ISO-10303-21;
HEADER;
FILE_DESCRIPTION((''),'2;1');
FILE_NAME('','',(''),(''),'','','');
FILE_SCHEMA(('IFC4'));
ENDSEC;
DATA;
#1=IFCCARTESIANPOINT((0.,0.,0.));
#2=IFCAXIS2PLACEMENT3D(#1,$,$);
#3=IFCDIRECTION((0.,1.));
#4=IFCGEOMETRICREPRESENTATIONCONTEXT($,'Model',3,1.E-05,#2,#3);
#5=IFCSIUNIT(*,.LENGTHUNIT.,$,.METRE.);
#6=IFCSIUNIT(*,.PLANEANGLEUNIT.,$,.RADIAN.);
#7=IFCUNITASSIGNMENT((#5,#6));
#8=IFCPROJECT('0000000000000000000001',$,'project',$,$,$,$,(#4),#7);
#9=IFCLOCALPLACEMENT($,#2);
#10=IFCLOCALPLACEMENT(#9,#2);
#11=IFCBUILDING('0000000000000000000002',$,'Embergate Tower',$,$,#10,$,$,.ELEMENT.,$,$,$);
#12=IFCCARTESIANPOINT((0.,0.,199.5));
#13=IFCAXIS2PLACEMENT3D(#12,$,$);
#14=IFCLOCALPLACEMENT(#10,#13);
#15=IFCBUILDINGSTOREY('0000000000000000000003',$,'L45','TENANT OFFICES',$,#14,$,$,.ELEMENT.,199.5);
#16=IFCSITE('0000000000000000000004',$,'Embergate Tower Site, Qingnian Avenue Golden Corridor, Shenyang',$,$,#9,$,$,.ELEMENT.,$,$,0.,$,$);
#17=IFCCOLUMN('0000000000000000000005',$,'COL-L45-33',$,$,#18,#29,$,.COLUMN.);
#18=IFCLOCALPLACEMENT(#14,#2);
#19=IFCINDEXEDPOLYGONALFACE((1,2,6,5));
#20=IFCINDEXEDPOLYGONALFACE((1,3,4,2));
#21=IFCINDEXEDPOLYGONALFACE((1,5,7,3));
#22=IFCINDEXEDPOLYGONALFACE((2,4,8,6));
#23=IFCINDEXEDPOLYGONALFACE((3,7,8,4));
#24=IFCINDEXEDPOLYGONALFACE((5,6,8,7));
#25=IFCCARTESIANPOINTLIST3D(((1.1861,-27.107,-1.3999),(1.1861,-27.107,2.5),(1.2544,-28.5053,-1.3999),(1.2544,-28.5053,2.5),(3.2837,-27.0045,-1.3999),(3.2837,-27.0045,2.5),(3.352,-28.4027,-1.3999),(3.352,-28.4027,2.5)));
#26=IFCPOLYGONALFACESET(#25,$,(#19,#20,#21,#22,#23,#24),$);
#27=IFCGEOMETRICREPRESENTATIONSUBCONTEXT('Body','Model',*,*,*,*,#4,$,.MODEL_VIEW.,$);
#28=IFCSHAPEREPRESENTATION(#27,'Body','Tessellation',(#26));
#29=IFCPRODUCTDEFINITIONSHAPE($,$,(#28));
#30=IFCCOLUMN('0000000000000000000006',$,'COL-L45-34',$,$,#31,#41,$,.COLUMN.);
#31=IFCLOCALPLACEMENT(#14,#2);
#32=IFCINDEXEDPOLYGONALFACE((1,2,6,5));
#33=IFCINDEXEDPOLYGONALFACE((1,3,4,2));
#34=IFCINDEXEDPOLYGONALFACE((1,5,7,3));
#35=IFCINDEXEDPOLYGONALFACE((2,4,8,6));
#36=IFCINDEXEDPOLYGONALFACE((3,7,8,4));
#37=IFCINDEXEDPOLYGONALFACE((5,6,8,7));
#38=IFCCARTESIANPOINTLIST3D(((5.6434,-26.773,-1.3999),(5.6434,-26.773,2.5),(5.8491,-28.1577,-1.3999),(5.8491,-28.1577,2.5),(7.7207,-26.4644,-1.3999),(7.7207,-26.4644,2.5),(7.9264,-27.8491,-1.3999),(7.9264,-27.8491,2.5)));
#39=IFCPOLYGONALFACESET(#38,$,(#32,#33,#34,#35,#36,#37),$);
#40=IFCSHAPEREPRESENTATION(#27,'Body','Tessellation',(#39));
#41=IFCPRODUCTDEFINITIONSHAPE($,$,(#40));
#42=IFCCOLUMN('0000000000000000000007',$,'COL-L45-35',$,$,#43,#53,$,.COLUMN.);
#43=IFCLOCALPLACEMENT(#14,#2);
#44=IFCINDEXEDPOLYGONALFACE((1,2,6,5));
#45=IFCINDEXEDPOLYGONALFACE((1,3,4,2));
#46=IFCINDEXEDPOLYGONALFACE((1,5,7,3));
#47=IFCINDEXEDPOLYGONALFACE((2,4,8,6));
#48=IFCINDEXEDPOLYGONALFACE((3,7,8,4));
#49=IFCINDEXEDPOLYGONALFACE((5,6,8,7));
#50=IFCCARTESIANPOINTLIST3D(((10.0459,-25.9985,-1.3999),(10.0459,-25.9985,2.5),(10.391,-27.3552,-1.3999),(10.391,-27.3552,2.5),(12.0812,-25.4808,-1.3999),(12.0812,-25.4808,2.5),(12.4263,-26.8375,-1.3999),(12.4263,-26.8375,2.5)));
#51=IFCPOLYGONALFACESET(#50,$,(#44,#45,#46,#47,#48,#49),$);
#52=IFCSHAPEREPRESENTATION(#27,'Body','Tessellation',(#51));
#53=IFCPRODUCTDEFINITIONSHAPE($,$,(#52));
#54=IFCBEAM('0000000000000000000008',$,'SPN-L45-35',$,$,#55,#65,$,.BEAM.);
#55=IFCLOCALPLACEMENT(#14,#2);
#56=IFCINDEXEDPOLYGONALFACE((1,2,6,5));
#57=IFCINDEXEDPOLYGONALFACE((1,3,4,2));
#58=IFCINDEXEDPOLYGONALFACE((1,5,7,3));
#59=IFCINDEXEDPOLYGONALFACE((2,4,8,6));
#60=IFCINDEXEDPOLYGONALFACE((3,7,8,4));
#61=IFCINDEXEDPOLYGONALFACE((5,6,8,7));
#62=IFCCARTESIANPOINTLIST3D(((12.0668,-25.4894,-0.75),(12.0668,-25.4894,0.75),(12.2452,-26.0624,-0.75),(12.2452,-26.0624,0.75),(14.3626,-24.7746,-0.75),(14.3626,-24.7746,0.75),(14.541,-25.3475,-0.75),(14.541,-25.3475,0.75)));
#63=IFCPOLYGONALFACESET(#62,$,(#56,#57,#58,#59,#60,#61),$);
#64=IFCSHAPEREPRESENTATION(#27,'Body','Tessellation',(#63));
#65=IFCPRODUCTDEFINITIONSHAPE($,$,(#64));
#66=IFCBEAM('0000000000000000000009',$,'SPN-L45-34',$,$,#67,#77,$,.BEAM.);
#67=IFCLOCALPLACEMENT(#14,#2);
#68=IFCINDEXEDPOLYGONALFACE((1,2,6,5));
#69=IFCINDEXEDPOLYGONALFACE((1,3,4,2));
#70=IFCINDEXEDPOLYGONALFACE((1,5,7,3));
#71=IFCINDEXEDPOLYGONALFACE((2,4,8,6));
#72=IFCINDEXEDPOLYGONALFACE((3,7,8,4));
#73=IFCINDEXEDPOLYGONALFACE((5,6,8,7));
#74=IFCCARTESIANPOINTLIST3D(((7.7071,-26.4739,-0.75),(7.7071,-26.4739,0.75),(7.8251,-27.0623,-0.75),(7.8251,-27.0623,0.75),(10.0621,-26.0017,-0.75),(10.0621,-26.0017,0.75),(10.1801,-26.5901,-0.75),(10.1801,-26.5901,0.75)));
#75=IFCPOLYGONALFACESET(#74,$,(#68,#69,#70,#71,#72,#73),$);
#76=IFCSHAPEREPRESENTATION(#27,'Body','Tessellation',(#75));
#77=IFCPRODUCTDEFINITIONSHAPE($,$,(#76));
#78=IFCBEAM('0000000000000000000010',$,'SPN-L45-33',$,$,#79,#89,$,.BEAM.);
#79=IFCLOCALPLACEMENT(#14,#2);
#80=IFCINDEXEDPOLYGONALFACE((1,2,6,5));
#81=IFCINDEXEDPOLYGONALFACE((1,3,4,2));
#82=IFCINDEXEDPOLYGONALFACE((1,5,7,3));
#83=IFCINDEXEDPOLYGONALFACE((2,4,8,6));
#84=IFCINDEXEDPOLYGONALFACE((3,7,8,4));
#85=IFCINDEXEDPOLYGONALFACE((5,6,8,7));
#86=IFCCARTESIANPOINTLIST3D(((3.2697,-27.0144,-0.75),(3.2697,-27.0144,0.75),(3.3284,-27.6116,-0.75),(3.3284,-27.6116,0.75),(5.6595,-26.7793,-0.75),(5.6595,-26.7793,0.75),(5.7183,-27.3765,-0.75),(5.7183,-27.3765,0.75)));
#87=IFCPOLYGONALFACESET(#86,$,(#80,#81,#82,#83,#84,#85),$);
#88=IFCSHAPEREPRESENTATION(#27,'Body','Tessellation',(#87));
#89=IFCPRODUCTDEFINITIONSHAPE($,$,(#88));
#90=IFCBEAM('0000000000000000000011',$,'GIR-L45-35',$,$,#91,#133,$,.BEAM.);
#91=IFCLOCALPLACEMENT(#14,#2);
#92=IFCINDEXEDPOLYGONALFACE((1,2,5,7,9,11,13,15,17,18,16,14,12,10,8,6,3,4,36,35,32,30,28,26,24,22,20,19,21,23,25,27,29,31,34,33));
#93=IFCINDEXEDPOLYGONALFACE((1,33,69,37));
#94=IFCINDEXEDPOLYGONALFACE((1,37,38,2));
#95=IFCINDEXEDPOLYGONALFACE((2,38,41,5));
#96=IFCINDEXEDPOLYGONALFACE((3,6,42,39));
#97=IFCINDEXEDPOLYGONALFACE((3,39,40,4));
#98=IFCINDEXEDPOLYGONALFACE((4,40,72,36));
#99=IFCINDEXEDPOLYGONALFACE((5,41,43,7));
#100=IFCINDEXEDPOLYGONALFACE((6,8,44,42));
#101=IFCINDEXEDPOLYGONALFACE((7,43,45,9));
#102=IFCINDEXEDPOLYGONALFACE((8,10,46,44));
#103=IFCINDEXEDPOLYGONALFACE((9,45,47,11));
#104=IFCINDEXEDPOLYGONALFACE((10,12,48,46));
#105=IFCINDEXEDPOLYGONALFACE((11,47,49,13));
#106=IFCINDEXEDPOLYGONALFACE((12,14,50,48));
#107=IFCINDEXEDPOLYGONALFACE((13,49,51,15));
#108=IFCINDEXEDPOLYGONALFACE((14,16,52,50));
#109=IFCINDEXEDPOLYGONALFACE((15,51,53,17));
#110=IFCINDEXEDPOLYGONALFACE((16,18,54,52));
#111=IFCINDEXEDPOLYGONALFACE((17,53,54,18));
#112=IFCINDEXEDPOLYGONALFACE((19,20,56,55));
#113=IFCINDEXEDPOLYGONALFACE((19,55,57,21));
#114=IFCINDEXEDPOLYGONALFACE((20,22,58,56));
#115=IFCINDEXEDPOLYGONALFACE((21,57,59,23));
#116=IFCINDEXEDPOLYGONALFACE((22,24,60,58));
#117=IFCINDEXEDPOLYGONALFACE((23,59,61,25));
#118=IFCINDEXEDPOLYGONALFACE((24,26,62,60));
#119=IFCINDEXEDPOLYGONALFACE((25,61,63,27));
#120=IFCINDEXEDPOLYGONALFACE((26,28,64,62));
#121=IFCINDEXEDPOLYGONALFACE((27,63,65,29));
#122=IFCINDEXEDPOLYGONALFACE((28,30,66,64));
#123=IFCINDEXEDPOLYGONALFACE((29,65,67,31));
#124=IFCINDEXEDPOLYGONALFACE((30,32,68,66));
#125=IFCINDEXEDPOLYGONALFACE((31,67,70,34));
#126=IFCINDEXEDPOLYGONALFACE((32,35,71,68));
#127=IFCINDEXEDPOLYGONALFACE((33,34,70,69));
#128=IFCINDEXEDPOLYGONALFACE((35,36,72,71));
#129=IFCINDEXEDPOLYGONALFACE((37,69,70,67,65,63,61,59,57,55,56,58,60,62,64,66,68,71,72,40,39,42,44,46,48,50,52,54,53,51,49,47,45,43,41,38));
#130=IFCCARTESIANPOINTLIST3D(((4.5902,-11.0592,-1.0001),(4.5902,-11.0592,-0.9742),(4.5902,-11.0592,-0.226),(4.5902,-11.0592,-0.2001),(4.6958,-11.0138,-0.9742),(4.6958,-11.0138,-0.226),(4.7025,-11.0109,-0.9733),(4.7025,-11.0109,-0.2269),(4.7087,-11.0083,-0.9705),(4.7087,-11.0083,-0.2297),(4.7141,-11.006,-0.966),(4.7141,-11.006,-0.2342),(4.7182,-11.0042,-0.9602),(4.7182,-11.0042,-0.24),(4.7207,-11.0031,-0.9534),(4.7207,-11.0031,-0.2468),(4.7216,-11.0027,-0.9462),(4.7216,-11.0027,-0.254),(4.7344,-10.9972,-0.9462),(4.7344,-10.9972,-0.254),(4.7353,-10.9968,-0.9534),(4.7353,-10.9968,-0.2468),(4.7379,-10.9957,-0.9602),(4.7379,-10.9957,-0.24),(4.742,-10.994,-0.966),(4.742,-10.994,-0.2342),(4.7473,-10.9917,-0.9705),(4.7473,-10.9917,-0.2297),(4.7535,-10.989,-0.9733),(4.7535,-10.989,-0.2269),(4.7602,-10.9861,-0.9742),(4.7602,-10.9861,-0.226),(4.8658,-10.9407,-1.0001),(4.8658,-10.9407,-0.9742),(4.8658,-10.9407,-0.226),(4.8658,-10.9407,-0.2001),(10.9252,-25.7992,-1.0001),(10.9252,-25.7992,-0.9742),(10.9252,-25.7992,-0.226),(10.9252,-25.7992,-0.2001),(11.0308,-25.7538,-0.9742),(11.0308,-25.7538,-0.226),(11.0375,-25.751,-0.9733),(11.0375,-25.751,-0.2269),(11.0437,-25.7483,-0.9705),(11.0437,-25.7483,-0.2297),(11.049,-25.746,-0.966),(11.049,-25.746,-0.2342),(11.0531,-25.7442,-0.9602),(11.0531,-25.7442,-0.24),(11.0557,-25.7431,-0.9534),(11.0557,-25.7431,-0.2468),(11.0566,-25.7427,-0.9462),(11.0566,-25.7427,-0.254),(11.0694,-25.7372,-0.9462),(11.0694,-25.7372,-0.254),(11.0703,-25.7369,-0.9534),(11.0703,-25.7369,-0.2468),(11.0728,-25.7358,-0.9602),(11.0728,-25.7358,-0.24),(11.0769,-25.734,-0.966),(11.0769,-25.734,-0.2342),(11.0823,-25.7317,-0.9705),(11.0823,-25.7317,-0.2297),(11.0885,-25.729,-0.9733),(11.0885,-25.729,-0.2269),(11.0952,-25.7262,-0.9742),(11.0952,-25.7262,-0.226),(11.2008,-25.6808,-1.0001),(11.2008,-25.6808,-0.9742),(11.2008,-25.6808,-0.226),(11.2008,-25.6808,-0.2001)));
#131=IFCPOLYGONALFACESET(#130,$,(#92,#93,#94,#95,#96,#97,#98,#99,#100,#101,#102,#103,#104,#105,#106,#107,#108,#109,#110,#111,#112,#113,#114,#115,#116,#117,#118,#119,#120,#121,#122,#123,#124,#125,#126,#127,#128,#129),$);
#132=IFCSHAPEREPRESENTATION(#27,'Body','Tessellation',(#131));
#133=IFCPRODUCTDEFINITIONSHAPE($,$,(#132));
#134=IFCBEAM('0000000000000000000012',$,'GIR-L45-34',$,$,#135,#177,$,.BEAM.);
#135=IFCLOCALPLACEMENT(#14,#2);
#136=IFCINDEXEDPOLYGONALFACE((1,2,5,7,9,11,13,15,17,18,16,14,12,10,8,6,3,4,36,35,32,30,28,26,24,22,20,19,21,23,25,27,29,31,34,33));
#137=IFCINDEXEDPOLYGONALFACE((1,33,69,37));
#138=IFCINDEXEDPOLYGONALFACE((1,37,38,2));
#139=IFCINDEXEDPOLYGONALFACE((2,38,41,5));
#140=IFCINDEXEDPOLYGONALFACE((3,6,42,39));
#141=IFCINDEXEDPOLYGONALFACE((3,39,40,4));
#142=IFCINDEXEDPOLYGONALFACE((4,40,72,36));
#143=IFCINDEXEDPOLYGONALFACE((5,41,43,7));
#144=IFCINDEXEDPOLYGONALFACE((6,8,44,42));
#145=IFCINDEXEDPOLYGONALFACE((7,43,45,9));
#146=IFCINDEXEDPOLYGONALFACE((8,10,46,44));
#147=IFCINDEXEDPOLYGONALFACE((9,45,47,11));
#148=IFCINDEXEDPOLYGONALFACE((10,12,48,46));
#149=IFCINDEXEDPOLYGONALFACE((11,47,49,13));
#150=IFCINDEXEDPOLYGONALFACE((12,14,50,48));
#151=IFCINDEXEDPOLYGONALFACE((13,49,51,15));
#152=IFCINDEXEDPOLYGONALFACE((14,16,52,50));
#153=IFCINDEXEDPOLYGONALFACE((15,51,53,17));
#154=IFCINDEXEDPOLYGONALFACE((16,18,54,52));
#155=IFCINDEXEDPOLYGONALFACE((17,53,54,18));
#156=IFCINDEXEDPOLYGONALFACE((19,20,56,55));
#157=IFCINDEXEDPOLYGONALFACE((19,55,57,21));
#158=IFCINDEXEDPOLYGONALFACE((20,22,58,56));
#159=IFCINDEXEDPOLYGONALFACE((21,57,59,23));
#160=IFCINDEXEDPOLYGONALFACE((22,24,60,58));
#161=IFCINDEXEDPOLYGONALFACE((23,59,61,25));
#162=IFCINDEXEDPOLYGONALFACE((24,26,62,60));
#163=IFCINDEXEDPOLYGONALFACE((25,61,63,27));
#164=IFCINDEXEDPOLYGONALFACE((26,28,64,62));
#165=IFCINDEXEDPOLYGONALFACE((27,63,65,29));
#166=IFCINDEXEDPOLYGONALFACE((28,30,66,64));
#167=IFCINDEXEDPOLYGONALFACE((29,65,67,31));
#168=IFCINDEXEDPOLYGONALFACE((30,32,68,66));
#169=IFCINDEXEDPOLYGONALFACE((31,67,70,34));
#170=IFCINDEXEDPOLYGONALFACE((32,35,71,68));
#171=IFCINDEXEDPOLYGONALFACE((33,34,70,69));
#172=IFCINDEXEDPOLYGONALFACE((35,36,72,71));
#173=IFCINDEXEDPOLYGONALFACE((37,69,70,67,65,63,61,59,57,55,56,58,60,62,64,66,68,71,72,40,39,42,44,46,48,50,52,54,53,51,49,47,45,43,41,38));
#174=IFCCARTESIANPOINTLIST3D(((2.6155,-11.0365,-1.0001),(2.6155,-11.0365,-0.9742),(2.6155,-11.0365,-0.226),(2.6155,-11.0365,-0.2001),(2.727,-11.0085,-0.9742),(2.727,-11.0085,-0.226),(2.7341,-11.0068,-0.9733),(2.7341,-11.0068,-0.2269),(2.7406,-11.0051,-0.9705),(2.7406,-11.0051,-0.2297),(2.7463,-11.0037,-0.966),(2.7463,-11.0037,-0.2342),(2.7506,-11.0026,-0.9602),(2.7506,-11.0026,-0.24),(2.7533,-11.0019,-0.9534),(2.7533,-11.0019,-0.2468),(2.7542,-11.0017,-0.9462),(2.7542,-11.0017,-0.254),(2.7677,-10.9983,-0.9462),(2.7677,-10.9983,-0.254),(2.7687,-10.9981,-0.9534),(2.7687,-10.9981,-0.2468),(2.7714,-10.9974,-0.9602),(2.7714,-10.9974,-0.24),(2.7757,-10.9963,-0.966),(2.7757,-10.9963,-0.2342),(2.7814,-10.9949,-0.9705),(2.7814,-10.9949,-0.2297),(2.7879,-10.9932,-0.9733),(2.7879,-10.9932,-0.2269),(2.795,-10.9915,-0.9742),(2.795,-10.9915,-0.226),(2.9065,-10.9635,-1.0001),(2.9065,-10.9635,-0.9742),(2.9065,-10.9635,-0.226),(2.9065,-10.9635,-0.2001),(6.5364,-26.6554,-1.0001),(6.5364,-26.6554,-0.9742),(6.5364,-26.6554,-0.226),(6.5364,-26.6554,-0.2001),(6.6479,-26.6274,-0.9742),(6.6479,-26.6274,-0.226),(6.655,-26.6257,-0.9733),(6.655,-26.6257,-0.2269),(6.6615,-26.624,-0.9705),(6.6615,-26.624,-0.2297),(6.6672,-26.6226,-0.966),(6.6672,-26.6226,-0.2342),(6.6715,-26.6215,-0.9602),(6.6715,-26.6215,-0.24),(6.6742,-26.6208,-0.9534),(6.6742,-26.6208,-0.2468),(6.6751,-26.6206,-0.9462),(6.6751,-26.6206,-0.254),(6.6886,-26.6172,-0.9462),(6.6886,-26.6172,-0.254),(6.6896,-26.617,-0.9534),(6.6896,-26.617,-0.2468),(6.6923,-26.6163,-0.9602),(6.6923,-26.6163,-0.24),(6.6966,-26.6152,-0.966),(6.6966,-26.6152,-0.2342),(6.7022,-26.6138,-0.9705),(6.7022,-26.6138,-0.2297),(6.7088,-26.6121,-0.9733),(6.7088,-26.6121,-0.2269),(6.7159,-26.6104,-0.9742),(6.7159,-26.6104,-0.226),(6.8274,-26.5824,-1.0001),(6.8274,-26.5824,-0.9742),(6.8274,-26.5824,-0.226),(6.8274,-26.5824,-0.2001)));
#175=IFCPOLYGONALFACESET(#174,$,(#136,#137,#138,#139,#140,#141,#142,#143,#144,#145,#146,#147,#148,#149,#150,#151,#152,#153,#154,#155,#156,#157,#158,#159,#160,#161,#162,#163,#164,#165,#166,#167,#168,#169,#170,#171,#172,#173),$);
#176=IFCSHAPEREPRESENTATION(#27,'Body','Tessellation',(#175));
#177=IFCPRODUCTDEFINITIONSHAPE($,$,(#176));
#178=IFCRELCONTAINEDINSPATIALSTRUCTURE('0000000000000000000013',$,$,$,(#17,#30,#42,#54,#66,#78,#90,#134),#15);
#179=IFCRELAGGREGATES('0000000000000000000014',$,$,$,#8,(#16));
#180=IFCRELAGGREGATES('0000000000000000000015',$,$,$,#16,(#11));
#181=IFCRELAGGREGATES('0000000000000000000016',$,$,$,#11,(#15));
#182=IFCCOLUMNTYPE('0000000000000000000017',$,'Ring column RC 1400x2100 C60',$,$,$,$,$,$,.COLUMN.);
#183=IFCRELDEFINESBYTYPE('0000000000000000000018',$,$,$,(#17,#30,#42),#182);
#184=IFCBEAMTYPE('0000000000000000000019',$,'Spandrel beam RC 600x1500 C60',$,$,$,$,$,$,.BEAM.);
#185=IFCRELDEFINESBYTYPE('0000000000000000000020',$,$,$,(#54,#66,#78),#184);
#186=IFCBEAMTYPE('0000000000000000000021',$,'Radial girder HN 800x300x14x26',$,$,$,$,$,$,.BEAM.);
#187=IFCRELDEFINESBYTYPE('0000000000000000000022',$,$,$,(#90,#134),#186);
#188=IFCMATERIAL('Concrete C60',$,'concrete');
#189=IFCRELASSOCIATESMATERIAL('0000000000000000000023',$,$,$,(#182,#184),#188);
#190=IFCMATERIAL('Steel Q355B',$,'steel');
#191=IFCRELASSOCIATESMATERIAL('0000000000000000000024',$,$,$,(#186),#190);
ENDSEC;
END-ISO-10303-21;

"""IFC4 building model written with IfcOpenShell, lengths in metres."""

from ifc_helpers import new_model, si_unit, direction, frame, origin, origin_2d, place, context, subcontext, project, spatial, rectangle, i_section, extrude, source, transform, mapped, material, material_profile, profile_set, type_object, element, save


model = new_model("IFC4")

# Units and contexts
model_context = context("Model", 3, precision=1e-05, world=origin(), true_north=direction((0.0, 1.0)))
body_context = subcontext(model_context, "Body", "Model", "MODEL_VIEW")
ifc_project = project(units=[si_unit("LENGTHUNIT", "METRE"), si_unit("PLANEANGLEUNIT", "RADIAN")], contexts=[model_context])

# Site, building, storey
site_placement = place(None, origin())
site = spatial("IfcSite", under=ifc_project, at=site_placement, Name="Embergate Tower Site, Qingnian Avenue Golden Corridor, Shenyang", CompositionType="ELEMENT", RefElevation=0.0)
building_placement = place(site_placement, origin())
building = spatial("IfcBuilding", under=site, at=building_placement, Name="Embergate Tower", CompositionType="ELEMENT")
storey_placement = place(building_placement, frame((0.0, 0.0, 199.5)))
storey = spatial("IfcBuildingStorey", under=building, at=storey_placement, Name="L45", Description="TENANT OFFICES", CompositionType="ELEMENT", Elevation=199.5)

# Columns
ifc_material_1 = material(Name="Concrete C60", Category="concrete")
ifc_material_profile_1 = material_profile(ifc_material_1, rectangle(XDim=1.3999, YDim=2.1001, at=origin_2d()), Name="RC 1400x2100")
ifc_profile_set_1 = profile_set([ifc_material_profile_1], Name="Concrete C60")
column_type = type_object("IfcColumnType", Name="Ring column RC 1400x2100 C60", PredefinedType="COLUMN", material=ifc_profile_set_1)
shared_shape_1 = source(origin(), body_context, "Body", "SweptSolid", [
    extrude(rectangle(XDim=1.3999, YDim=2.1001, at=origin_2d()), origin(), (0.0, 0.0, 1.0), 3.8999),
])
for number, where, z_axis, x_axis, name in (
    (1, (2.269, -27.7549, -1.3999), (0.0, 0.0, 1.0), (0.048815, -0.998808, 0.0), "COL-L45-33"),
    (2, (6.7849, -27.311, -1.3999), (0.0, 0.0, 1.0), (0.146929, -0.989147, 0.0), "COL-L45-34"),
    (3, (11.2361, -26.418, -1.3999), (0.0, 0.0, 1.0), (0.246509, -0.969141, 0.0), "COL-L45-35"),
):
    element("IfcColumn", number, at=place(storey_placement, frame(where, z_axis=z_axis, x_axis=x_axis)), inside=storey, type_object=column_type, Name=name, PredefinedType="COLUMN", context=body_context, shape_type="MappedRepresentation", body=[
        mapped(shared_shape_1, transform((0.0, 0.0, 0.0))),
    ])

# Beams
ifc_material_profile_2 = material_profile(ifc_material_1, rectangle(XDim=0.6001, YDim=1.5, at=origin_2d()), Name="RC 600x1500")
ifc_profile_set_2 = profile_set([ifc_material_profile_2], Name="Concrete C60")
beam_type_1 = type_object("IfcBeamType", Name="Spandrel beam RC 600x1500 C60", PredefinedType="BEAM", material=ifc_profile_set_2)
shared_shape_2 = source(origin(), body_context, "Body", "SweptSolid", [
    extrude(rectangle(XDim=0.6001, YDim=1.5, at=origin_2d()), origin(), (0.0, 0.0, 1.0), 2.4045),
])
beam_1_placement = place(storey_placement, frame((12.156, -25.7759, 0.0), z_axis=(0.95479, 0.29728, 0.0), x_axis=(-0.29728, 0.95479, 0.0)))
element("IfcBeam", 4, at=beam_1_placement, inside=storey, type_object=beam_type_1, Name="SPN-L45-35", PredefinedType="BEAM", context=body_context, shape_type="MappedRepresentation", body=[
    mapped(shared_shape_2, transform((0.0, 0.0, 0.0))),
])
shared_shape_3 = source(origin(), body_context, "Body", "SweptSolid", [
    extrude(rectangle(XDim=0.6001, YDim=1.5, at=origin_2d()), origin(), (0.0, 0.0, 1.0), 2.4019),
])
beam_2_placement = place(storey_placement, frame((7.7661, -26.7681, 0.0), z_axis=(0.980487, 0.196585, 0.0), x_axis=(-0.196585, 0.980487, 0.0)))
element("IfcBeam", 5, at=beam_2_placement, inside=storey, type_object=beam_type_1, Name="SPN-L45-34", PredefinedType="BEAM", context=body_context, shape_type="MappedRepresentation", body=[
    mapped(shared_shape_3, transform((0.0, 0.0, 0.0))),
])
shared_shape_4 = source(origin(), body_context, "Body", "SweptSolid", [
    extrude(rectangle(XDim=0.6001, YDim=1.5, at=origin_2d()), origin(), (0.0, 0.0, 1.0), 2.4014),
])
beam_3_placement = place(storey_placement, frame((3.2991, -27.313, 0.0), z_axis=(0.995196, 0.097903, 0.0), x_axis=(-0.097903, 0.995196, 0.0)))
element("IfcBeam", 6, at=beam_3_placement, inside=storey, type_object=beam_type_1, Name="SPN-L45-33", PredefinedType="BEAM", context=body_context, shape_type="MappedRepresentation", body=[
    mapped(shared_shape_4, transform((0.0, 0.0, 0.0))),
])
ifc_material_2 = material(Name="Steel Q355B", Category="steel")
ifc_material_profile_3 = material_profile(ifc_material_2, i_section(OverallWidth=0.3, OverallDepth=0.8, WebThickness=0.0139, FlangeThickness=0.0259, FilletRadius=0.0281, at=origin_2d()), Name="HN 800x300x14x26")
ifc_profile_set_3 = profile_set([ifc_material_profile_3], Name="Steel Q355 grade B")
beam_type_2 = type_object("IfcBeamType", Name="Radial girder HN 800x300x14x26", PredefinedType="BEAM", material=ifc_profile_set_3)
shared_shape_5 = source(origin(), body_context, "Body", "SweptSolid", [
    extrude(i_section(OverallWidth=0.3, OverallDepth=0.8, WebThickness=0.0139, FlangeThickness=0.0259, FilletRadius=0.0281, at=origin_2d()), origin(), (0.0, 0.0, 1.0), 16.0437),
])
beam_4_placement = place(storey_placement, frame((11.063, -25.74, -0.6001), z_axis=(-0.394858, 0.918742, 0.0), x_axis=(-0.918742, -0.394858, 0.0)))
element("IfcBeam", 7, at=beam_4_placement, inside=storey, type_object=beam_type_2, Name="GIR-L45-35", PredefinedType="BEAM", context=body_context, shape_type="MappedRepresentation", body=[
    mapped(shared_shape_5, transform((0.0, 0.0, 0.0))),
])
shared_shape_6 = source(origin(), body_context, "Body", "SweptSolid", [
    extrude(i_section(OverallWidth=0.3, OverallDepth=0.8, WebThickness=0.0139, FlangeThickness=0.0259, FilletRadius=0.0281, at=origin_2d()), origin(), (0.0, 0.0, 1.0), 16.1035),
])
beam_5_placement = place(storey_placement, frame((6.6819, -26.6189, -0.6001), z_axis=(-0.243481, 0.969906, 0.0), x_axis=(-0.969906, -0.243481, 0.0)))
element("IfcBeam", 8, at=beam_5_placement, inside=storey, type_object=beam_type_2, Name="GIR-L45-34", PredefinedType="BEAM", context=body_context, shape_type="MappedRepresentation", body=[
    mapped(shared_shape_6, transform((0.0, 0.0, 0.0))),
])

save(model, "model.ifc")
